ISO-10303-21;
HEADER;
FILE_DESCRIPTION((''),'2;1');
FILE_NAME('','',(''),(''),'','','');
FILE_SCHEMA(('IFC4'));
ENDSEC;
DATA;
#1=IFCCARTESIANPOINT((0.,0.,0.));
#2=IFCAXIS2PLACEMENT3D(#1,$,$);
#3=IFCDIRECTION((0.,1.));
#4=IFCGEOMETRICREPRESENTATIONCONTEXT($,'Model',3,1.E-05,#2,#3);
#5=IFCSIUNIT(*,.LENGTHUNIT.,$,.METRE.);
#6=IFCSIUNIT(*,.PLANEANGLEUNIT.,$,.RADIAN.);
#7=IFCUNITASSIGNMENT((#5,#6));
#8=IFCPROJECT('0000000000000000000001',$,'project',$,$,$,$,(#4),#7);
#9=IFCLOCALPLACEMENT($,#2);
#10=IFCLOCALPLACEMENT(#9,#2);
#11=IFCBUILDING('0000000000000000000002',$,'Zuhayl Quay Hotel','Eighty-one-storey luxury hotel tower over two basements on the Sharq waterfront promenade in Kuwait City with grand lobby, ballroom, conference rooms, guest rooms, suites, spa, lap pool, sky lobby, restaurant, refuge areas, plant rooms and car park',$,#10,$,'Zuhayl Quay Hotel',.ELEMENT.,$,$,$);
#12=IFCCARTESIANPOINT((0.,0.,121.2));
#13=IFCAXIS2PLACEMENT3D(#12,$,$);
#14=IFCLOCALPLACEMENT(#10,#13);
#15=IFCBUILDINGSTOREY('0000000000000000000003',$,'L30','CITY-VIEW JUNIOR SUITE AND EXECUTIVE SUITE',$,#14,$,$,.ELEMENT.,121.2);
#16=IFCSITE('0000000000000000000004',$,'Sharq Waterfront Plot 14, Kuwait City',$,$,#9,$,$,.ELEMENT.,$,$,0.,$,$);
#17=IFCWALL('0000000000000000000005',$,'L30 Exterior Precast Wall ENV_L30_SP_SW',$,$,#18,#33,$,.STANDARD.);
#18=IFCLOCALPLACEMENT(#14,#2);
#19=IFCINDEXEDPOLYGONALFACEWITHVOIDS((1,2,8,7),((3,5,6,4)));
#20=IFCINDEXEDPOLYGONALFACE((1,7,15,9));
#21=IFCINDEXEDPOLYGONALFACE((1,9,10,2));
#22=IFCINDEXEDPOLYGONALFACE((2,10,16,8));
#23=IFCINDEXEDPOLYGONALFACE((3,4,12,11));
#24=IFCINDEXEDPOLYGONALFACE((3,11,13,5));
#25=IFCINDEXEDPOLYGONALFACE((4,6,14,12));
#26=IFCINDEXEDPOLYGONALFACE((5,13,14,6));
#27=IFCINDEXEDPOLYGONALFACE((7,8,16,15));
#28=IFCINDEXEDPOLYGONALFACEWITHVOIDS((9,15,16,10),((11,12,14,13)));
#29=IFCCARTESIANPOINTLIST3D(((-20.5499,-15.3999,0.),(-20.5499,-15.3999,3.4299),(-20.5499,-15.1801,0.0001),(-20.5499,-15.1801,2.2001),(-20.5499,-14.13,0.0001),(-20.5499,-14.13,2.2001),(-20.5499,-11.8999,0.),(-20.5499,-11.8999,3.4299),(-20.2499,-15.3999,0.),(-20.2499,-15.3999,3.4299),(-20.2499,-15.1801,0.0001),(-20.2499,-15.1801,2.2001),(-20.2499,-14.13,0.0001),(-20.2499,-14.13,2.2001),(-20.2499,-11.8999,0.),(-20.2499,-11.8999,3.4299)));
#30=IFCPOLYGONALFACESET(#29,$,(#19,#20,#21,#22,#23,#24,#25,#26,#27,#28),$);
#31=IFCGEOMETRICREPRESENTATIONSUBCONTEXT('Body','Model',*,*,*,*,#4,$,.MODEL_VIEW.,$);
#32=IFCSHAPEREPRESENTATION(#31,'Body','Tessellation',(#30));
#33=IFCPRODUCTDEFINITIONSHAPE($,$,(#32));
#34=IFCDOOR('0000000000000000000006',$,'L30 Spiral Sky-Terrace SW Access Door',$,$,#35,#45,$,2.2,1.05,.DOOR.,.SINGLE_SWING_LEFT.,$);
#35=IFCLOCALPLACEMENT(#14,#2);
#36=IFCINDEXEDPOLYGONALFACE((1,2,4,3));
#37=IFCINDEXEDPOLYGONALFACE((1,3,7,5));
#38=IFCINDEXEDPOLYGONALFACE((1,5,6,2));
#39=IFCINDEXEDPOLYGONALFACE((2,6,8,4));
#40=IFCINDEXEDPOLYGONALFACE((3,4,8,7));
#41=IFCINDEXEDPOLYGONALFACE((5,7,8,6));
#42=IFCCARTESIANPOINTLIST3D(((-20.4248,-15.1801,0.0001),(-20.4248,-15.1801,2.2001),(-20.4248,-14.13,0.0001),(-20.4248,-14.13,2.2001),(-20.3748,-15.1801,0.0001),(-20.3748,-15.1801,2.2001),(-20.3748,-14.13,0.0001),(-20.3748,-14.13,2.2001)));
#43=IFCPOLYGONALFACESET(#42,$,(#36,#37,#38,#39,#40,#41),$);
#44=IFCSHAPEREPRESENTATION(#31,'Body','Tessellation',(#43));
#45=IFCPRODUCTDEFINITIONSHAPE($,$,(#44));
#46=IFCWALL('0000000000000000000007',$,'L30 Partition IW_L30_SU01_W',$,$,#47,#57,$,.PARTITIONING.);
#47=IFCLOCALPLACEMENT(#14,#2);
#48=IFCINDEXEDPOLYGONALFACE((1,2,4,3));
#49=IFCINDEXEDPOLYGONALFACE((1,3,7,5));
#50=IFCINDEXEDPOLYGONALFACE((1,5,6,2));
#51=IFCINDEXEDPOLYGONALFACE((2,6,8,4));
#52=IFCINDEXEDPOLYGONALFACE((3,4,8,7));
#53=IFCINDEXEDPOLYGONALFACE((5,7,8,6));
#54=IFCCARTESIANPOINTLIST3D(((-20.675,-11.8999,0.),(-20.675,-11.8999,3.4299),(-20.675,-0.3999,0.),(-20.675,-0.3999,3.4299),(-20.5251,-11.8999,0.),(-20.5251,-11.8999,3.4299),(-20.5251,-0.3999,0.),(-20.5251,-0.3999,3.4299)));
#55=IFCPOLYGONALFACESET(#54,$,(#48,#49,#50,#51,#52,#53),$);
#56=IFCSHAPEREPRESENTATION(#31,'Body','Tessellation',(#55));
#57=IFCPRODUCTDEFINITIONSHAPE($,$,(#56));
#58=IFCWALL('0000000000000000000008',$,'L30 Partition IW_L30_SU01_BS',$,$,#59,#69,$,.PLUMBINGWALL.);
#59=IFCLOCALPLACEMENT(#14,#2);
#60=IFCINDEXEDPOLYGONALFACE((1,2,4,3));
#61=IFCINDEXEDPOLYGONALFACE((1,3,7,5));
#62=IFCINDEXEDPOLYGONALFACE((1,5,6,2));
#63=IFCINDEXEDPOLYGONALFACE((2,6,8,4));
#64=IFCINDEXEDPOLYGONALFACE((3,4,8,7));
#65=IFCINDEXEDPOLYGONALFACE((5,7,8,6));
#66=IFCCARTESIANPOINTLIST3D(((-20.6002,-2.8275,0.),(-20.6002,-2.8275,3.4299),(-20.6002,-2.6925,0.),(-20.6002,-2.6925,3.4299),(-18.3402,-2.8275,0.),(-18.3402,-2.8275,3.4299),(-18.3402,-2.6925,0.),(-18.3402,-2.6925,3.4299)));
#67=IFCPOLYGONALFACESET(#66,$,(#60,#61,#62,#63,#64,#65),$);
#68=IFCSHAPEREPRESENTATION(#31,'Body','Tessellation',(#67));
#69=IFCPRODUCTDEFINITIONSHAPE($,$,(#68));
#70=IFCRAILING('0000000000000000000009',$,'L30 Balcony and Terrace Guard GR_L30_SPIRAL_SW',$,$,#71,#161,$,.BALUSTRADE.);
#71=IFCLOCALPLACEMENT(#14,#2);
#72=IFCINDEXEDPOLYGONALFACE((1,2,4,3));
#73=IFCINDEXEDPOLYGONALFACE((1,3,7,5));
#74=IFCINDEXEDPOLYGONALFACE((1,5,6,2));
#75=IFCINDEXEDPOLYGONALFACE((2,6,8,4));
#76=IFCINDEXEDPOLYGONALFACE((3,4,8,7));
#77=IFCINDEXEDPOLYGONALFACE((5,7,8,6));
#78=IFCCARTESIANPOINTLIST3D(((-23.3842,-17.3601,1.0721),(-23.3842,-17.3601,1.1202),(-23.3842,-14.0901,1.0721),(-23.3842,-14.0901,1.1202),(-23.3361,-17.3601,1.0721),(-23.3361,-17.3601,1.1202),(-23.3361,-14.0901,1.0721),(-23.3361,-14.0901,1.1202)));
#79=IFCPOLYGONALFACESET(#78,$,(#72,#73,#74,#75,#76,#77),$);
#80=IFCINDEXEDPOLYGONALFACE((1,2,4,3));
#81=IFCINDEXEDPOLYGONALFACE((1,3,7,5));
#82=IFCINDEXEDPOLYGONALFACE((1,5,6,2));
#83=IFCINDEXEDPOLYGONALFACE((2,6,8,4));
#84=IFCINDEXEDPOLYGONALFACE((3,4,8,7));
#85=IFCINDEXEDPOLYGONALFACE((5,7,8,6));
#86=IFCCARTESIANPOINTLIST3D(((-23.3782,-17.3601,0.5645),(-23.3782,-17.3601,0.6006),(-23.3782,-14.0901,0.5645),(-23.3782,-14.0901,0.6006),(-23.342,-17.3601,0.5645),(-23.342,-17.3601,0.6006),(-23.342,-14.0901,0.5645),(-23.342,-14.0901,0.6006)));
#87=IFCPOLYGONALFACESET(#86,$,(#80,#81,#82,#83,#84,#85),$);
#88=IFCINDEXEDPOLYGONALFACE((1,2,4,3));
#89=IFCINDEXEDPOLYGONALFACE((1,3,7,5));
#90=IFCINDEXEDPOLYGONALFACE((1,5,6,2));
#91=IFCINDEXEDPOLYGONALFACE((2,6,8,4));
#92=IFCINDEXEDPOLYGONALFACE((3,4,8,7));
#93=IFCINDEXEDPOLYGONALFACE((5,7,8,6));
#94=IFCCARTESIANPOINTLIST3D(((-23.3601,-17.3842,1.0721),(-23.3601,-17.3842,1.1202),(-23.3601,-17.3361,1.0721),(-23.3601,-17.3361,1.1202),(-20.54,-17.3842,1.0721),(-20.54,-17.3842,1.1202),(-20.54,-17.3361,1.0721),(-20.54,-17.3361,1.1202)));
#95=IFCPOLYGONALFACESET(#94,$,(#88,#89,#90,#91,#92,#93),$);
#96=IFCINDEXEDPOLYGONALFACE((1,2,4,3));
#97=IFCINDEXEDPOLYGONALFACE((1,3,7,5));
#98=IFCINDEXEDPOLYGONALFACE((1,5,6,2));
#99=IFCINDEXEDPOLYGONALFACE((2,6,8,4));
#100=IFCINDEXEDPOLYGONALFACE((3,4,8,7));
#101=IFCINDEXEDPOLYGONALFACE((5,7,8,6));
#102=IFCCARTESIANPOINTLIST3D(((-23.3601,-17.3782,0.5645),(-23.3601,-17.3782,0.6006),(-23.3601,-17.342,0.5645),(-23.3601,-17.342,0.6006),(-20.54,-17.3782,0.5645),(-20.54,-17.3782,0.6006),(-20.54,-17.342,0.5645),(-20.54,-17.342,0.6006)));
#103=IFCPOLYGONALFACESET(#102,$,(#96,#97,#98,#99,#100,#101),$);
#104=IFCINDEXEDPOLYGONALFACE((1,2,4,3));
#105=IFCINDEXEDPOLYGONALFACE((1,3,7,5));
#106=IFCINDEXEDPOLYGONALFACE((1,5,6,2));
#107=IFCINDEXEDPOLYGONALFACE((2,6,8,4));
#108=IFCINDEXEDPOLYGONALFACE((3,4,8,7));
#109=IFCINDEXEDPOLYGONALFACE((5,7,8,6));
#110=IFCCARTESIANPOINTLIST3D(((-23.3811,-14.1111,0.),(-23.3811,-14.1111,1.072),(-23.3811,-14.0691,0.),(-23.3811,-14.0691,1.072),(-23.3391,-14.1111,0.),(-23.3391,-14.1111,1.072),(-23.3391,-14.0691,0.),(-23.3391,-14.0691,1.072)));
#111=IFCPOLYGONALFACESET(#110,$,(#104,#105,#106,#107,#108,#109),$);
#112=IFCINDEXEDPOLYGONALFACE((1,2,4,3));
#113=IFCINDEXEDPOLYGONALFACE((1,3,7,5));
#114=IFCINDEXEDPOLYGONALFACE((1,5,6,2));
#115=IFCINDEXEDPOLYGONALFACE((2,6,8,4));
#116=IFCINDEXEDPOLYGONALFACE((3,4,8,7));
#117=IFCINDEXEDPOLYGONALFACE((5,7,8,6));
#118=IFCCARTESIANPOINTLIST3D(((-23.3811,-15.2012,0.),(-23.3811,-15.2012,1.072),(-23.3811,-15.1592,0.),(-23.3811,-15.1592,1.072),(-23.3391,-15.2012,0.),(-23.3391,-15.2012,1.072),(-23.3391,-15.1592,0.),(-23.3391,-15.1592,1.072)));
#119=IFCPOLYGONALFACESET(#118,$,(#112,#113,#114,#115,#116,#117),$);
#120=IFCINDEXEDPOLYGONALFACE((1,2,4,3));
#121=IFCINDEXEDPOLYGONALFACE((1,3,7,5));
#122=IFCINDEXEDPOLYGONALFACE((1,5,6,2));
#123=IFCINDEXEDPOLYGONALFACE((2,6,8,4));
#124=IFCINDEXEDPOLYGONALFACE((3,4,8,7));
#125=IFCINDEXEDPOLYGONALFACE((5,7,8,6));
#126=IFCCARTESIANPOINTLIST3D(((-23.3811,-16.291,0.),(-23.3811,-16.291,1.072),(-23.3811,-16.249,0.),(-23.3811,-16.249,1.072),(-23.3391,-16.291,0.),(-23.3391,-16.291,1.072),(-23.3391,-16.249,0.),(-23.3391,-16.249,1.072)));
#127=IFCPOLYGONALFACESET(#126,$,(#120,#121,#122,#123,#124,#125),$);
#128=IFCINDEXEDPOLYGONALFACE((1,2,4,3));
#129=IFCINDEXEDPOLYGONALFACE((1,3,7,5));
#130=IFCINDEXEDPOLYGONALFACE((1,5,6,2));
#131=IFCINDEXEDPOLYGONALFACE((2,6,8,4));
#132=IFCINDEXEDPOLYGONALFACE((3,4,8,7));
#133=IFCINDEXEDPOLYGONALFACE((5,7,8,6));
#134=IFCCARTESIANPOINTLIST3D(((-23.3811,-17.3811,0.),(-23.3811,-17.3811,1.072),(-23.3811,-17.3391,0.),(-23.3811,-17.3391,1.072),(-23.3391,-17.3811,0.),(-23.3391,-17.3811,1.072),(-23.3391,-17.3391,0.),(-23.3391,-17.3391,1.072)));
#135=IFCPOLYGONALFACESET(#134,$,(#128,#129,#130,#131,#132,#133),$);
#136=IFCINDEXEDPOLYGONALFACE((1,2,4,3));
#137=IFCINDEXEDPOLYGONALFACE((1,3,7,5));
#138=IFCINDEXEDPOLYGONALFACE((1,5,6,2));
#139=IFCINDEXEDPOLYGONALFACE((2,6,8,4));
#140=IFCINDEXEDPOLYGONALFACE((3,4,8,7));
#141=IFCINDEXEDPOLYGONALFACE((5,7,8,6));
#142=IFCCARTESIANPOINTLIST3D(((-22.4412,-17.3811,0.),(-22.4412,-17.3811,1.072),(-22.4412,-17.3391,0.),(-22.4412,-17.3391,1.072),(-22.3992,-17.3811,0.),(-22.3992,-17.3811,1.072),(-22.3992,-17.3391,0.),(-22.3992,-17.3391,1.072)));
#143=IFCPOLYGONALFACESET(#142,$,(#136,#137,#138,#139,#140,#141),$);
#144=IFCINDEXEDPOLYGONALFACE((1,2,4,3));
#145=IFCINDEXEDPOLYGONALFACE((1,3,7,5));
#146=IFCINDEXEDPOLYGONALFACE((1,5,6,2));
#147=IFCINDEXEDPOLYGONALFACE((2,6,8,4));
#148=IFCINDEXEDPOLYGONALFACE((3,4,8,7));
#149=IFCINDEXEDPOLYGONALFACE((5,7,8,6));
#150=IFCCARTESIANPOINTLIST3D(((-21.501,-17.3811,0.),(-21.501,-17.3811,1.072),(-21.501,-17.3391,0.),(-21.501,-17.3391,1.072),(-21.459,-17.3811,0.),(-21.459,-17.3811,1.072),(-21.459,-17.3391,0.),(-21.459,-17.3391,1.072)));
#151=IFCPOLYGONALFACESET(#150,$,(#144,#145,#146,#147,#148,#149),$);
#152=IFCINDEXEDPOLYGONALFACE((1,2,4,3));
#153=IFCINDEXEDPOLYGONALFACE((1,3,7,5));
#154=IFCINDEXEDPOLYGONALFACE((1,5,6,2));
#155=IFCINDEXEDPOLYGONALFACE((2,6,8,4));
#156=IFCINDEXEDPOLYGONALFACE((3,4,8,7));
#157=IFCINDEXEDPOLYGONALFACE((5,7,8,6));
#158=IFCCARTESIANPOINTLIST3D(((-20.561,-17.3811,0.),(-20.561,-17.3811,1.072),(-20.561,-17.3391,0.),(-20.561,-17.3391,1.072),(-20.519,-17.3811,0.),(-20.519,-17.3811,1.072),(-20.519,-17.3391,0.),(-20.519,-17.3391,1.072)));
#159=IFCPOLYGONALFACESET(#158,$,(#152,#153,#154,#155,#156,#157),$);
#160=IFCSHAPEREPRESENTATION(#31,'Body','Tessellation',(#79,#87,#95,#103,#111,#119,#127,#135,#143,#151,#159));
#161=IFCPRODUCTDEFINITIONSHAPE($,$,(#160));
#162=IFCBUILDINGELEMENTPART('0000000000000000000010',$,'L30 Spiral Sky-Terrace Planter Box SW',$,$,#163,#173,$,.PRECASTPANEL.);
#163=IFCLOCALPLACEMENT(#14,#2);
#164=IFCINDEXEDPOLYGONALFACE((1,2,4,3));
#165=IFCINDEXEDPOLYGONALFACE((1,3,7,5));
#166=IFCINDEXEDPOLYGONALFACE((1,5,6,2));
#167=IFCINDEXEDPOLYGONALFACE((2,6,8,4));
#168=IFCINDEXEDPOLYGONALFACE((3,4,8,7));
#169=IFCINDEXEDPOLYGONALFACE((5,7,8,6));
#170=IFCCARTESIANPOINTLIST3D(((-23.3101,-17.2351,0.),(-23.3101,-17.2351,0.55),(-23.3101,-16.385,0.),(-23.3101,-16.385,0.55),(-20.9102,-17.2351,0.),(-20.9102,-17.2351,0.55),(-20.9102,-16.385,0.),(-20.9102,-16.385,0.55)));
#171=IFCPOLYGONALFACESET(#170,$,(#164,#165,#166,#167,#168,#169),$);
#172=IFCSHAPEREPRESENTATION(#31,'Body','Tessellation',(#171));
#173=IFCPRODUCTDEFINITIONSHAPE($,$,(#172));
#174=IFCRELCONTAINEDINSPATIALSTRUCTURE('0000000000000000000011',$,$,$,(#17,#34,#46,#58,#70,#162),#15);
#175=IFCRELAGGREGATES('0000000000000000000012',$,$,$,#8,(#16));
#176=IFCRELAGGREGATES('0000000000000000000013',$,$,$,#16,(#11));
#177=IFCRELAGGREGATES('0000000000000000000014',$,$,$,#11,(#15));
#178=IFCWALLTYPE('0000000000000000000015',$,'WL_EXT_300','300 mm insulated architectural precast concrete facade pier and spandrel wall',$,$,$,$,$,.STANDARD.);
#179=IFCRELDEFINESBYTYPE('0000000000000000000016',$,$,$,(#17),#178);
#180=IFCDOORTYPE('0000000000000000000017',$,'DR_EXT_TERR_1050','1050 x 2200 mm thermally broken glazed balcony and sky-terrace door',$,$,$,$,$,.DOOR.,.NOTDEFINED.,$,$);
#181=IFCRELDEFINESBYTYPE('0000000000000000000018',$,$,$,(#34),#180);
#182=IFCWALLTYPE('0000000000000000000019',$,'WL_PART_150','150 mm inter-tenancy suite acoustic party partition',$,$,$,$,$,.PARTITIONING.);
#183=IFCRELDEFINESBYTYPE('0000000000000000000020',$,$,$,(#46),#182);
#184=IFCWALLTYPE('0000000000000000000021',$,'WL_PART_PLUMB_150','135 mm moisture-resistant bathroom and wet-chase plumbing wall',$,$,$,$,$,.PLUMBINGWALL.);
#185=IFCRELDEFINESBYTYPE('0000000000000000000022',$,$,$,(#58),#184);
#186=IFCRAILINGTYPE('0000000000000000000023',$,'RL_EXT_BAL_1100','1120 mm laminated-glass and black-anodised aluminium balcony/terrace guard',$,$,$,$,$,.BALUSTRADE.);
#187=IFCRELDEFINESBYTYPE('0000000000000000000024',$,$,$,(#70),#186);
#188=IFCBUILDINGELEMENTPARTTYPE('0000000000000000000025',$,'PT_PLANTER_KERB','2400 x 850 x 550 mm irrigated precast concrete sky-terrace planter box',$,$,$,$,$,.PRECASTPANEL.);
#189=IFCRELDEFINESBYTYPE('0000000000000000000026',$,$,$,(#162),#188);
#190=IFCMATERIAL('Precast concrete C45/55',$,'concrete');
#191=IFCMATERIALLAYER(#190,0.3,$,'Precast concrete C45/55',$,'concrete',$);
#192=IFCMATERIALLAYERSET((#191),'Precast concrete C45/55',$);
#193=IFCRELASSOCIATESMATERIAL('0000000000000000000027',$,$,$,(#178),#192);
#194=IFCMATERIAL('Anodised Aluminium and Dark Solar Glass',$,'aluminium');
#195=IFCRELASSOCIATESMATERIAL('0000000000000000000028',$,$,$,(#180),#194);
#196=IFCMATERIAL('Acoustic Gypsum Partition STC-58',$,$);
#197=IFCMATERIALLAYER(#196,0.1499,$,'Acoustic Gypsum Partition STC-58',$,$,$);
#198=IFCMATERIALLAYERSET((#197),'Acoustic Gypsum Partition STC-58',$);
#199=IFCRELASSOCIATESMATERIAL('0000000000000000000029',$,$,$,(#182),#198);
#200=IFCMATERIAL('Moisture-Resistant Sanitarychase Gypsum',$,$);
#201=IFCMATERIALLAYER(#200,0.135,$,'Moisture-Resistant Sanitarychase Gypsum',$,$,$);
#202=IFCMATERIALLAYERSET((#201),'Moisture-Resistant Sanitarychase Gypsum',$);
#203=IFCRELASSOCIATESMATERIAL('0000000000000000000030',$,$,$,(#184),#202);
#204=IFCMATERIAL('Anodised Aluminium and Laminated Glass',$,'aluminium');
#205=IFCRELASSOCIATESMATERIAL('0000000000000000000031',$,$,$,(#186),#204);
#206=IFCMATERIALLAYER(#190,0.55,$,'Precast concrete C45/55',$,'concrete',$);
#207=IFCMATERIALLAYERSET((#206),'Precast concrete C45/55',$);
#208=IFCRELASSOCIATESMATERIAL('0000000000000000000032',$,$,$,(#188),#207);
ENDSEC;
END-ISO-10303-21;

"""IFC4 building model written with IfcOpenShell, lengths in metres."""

from ifc_helpers import new_model, si_unit, direction, frame, frame_2d, origin, origin_2d, place, context, subcontext, project, spatial, rectangle, extrude, material, layer, layer_set, type_object, element, fill, save


model = new_model("IFC4")

# Units and contexts
model_context = context("Model", 3, precision=1e-05, world=origin(), true_north=direction((0.0, 1.0)))
body_context = subcontext(model_context, "Body", "Model", "MODEL_VIEW")
ifc_project = project(units=[si_unit("LENGTHUNIT", "METRE"), si_unit("PLANEANGLEUNIT", "RADIAN")], contexts=[model_context])

# Site, building, storey
site_placement = place(None, origin())
site = spatial("IfcSite", under=ifc_project, at=site_placement, Name="Sharq Waterfront Plot 14, Kuwait City", CompositionType="ELEMENT", RefElevation=0.0)
building_placement = place(site_placement, origin())
building = spatial("IfcBuilding", under=site, at=building_placement, Name="Zuhayl Quay Hotel", Description="Eighty-one-storey luxury hotel tower over two basements on the Sharq waterfront promenade in Kuwait City with grand lobby, ballroom, conference rooms, guest rooms, suites, spa, lap pool, sky lobby, restaurant, refuge areas, plant rooms and car park", LongName="Zuhayl Quay Hotel", CompositionType="ELEMENT")
storey_placement = place(building_placement, frame((0.0, 0.0, 121.2)))
storey = spatial("IfcBuildingStorey", under=building, at=storey_placement, Name="L30", Description="CITY-VIEW JUNIOR SUITE AND EXECUTIVE SUITE", CompositionType="ELEMENT", Elevation=121.2)

# Shared definitions
ifc_material_1 = material(Name="Precast concrete C45/55", Category="concrete")
ifc_layer_1 = layer(ifc_material_1, 0.3, Name="Precast concrete C45/55", Category="concrete")
ifc_layer_set_1 = layer_set([ifc_layer_1], Name="Precast concrete C45/55")
wall_type_1 = type_object("IfcWallType", Name="WL_EXT_300", Description="300 mm insulated architectural precast concrete facade pier and spandrel wall", PredefinedType="STANDARD", material=ifc_layer_set_1)

# Shared definitions
ifc_material_2 = material(Name="Anodised Aluminium and Dark Solar Glass", Category="aluminium")
door_type = type_object("IfcDoorType", Name="DR_EXT_TERR_1050", Description="1050 x 2200 mm thermally broken glazed balcony and sky-terrace door", OperationType="NOTDEFINED", PredefinedType="DOOR", material=ifc_material_2)

# Wall, opening, door
wall_1_placement = place(storey_placement, frame((-20.3999, -15.3999, 0.0), z_axis=(0.0, 0.0, 1.0), x_axis=(0.0, 1.0, 0.0)))
wall_1 = element("IfcWall", 1, at=wall_1_placement, inside=storey, type_object=wall_type_1, Name="L30 Exterior Precast Wall ENV_L30_SP_SW", PredefinedType="STANDARD", context=body_context, shape_type="SweptSolid", body=[
    extrude(rectangle(XDim=3.5, YDim=0.3, at=frame_2d((1.75, 0.0))), origin(), (0.0, 0.0, 1.0), 3.4299),
])
opening_1_placement = place(wall_1_placement, frame((0.22, 0.0, 0.0)))
opening_1 = element("IfcOpeningElement", 2, at=opening_1_placement, cuts=wall_1, PredefinedType="OPENING", context=body_context, shape_type="SweptSolid", body=[
    extrude(rectangle(XDim=1.05, YDim=2.2, at=frame_2d((0.5249, 1.1001))), frame((0.0, 0.1599, 0.0), z_axis=(0.0, -1.0, 0.0), x_axis=(1.0, 0.0, 0.0)), (0.0, 0.0, 1.0), 0.3201),
])
door_1_placement = place(opening_1_placement, origin())
door_1 = element("IfcDoor", 3, at=door_1_placement, inside=storey, type_object=door_type, Name="L30 Spiral Sky-Terrace SW Access Door", OperationType="SINGLE_SWING_LEFT", OverallHeight=2.2, OverallWidth=1.05, PredefinedType="DOOR", context=body_context, shape_type="SweptSolid", body=[
    extrude(rectangle(XDim=1.05, YDim=2.2, at=frame_2d((0.5249, 1.1001))), frame((0.0, 0.0249, 0.0), z_axis=(0.0, -1.0, 0.0), x_axis=(1.0, 0.0, 0.0)), (0.0, 0.0, 1.0), 0.05),
])
fill(opening_1, door_1)

# Walls
ifc_material_3 = material(Name="Acoustic Gypsum Partition STC-58")
ifc_layer_2 = layer(ifc_material_3, 0.1499, Name="Acoustic Gypsum Partition STC-58")
ifc_layer_set_2 = layer_set([ifc_layer_2], Name="Acoustic Gypsum Partition STC-58")
wall_type_2 = type_object("IfcWallType", Name="WL_PART_150", Description="150 mm inter-tenancy suite acoustic party partition", PredefinedType="PARTITIONING", material=ifc_layer_set_2)
wall_2_placement = place(storey_placement, frame((-20.6001, -11.8999, 0.0), z_axis=(0.0, 0.0, 1.0), x_axis=(0.0, 1.0, 0.0)))
element("IfcWall", 4, at=wall_2_placement, inside=storey, type_object=wall_type_2, Name="L30 Partition IW_L30_SU01_W", PredefinedType="PARTITIONING", context=body_context, shape_type="SweptSolid", body=[
    extrude(rectangle(XDim=11.5, YDim=0.1499, at=frame_2d((5.75, 0.0))), origin(), (0.0, 0.0, 1.0), 3.4299),
])
ifc_material_4 = material(Name="Moisture-Resistant Sanitarychase Gypsum")
ifc_layer_3 = layer(ifc_material_4, 0.135, Name="Moisture-Resistant Sanitarychase Gypsum")
ifc_layer_set_3 = layer_set([ifc_layer_3], Name="Moisture-Resistant Sanitarychase Gypsum")
wall_type_3 = type_object("IfcWallType", Name="WL_PART_PLUMB_150", Description="135 mm moisture-resistant bathroom and wet-chase plumbing wall", PredefinedType="PLUMBINGWALL", material=ifc_layer_set_3)
wall_3_placement = place(storey_placement, frame((-20.6001, -2.76, 0.0), z_axis=(0.0, 0.0, 1.0), x_axis=(1.0, 0.0, 0.0)))
element("IfcWall", 5, at=wall_3_placement, inside=storey, type_object=wall_type_3, Name="L30 Partition IW_L30_SU01_BS", PredefinedType="PLUMBINGWALL", context=body_context, shape_type="SweptSolid", body=[
    extrude(rectangle(XDim=2.26, YDim=0.135, at=frame_2d((1.1299, 0.0))), origin(), (0.0, 0.0, 1.0), 3.4299),
])

# Railing
ifc_material_5 = material(Name="Anodised Aluminium and Laminated Glass", Category="aluminium")
railing_type = type_object("IfcRailingType", Name="RL_EXT_BAL_1100", Description="1120 mm laminated-glass and black-anodised aluminium balcony/terrace guard", PredefinedType="BALUSTRADE", material=ifc_material_5)
railing_1_placement = place(storey_placement, frame((-23.3601, -14.0901, 0.0)))
element("IfcRailing", 6, at=railing_1_placement, inside=storey, type_object=railing_type, Name="L30 Balcony and Terrace Guard GR_L30_SPIRAL_SW", PredefinedType="BALUSTRADE", context=body_context, shape_type="SweptSolid", body=[
    extrude(rectangle(XDim=0.0481, YDim=0.0481, at=origin_2d()), frame((0.0, 0.0, 1.0962), z_axis=(0.0, -1.0, 0.0), x_axis=(1.0, 0.0, 0.0)), (0.0, 0.0, 1.0), 3.27),
    extrude(rectangle(XDim=0.0361, YDim=0.0361, at=origin_2d()), frame((0.0, 0.0, 0.5825), z_axis=(0.0, -1.0, 0.0), x_axis=(1.0, 0.0, 0.0)), (0.0, 0.0, 1.0), 3.27),
    extrude(rectangle(XDim=0.0481, YDim=0.0481, at=origin_2d()), frame((0.0, -3.27, 1.0962), z_axis=(1.0, 0.0, 0.0), x_axis=(0.0, 1.0, 0.0)), (0.0, 0.0, 1.0), 2.8201),
    extrude(rectangle(XDim=0.0361, YDim=0.0361, at=origin_2d()), frame((0.0, -3.27, 0.5825), z_axis=(1.0, 0.0, 0.0), x_axis=(0.0, 1.0, 0.0)), (0.0, 0.0, 1.0), 2.8201),
    extrude(rectangle(XDim=0.042, YDim=0.042, at=origin_2d()), origin(), (0.0, 0.0, 1.0), 1.072),
    extrude(rectangle(XDim=0.042, YDim=0.042, at=origin_2d()), frame((0.0, -1.0901, 0.0)), (0.0, 0.0, 1.0), 1.072),
    extrude(rectangle(XDim=0.042, YDim=0.042, at=origin_2d()), frame((0.0, -2.1799, 0.0)), (0.0, 0.0, 1.0), 1.072),
    extrude(rectangle(XDim=0.042, YDim=0.042, at=origin_2d()), frame((0.0, -3.27, 0.0)), (0.0, 0.0, 1.0), 1.072),
    extrude(rectangle(XDim=0.042, YDim=0.042, at=origin_2d()), frame((0.9399, -3.27, 0.0)), (0.0, 0.0, 1.0), 1.072),
    extrude(rectangle(XDim=0.042, YDim=0.042, at=origin_2d()), frame((1.8801, -3.27, 0.0)), (0.0, 0.0, 1.0), 1.072),
    extrude(rectangle(XDim=0.042, YDim=0.042, at=origin_2d()), frame((2.8201, -3.27, 0.0)), (0.0, 0.0, 1.0), 1.072),
])

# Building element part
ifc_layer_4 = layer(ifc_material_1, 0.55, Name="Precast concrete C45/55", Category="concrete")
ifc_layer_set_4 = layer_set([ifc_layer_4], Name="Precast concrete C45/55")
building_element_part_type = type_object("IfcBuildingElementPartType", Name="PT_PLANTER_KERB", Description="2400 x 850 x 550 mm irrigated precast concrete sky-terrace planter box", PredefinedType="PRECASTPANEL", material=ifc_layer_set_4)
building_element_part_placement = place(storey_placement, frame((-22.1101, -16.8101, 0.0), z_axis=(0.0, 0.0, 1.0), x_axis=(1.0, 0.0, 0.0)))
element("IfcBuildingElementPart", 7, at=building_element_part_placement, inside=storey, type_object=building_element_part_type, Name="L30 Spiral Sky-Terrace Planter Box SW", PredefinedType="PRECASTPANEL", context=body_context, shape_type="SweptSolid", body=[
    extrude(rectangle(XDim=2.3999, YDim=0.8501, at=origin_2d()), origin(), (0.0, 0.0, 1.0), 0.55),
])

save(model, "model.ifc")
